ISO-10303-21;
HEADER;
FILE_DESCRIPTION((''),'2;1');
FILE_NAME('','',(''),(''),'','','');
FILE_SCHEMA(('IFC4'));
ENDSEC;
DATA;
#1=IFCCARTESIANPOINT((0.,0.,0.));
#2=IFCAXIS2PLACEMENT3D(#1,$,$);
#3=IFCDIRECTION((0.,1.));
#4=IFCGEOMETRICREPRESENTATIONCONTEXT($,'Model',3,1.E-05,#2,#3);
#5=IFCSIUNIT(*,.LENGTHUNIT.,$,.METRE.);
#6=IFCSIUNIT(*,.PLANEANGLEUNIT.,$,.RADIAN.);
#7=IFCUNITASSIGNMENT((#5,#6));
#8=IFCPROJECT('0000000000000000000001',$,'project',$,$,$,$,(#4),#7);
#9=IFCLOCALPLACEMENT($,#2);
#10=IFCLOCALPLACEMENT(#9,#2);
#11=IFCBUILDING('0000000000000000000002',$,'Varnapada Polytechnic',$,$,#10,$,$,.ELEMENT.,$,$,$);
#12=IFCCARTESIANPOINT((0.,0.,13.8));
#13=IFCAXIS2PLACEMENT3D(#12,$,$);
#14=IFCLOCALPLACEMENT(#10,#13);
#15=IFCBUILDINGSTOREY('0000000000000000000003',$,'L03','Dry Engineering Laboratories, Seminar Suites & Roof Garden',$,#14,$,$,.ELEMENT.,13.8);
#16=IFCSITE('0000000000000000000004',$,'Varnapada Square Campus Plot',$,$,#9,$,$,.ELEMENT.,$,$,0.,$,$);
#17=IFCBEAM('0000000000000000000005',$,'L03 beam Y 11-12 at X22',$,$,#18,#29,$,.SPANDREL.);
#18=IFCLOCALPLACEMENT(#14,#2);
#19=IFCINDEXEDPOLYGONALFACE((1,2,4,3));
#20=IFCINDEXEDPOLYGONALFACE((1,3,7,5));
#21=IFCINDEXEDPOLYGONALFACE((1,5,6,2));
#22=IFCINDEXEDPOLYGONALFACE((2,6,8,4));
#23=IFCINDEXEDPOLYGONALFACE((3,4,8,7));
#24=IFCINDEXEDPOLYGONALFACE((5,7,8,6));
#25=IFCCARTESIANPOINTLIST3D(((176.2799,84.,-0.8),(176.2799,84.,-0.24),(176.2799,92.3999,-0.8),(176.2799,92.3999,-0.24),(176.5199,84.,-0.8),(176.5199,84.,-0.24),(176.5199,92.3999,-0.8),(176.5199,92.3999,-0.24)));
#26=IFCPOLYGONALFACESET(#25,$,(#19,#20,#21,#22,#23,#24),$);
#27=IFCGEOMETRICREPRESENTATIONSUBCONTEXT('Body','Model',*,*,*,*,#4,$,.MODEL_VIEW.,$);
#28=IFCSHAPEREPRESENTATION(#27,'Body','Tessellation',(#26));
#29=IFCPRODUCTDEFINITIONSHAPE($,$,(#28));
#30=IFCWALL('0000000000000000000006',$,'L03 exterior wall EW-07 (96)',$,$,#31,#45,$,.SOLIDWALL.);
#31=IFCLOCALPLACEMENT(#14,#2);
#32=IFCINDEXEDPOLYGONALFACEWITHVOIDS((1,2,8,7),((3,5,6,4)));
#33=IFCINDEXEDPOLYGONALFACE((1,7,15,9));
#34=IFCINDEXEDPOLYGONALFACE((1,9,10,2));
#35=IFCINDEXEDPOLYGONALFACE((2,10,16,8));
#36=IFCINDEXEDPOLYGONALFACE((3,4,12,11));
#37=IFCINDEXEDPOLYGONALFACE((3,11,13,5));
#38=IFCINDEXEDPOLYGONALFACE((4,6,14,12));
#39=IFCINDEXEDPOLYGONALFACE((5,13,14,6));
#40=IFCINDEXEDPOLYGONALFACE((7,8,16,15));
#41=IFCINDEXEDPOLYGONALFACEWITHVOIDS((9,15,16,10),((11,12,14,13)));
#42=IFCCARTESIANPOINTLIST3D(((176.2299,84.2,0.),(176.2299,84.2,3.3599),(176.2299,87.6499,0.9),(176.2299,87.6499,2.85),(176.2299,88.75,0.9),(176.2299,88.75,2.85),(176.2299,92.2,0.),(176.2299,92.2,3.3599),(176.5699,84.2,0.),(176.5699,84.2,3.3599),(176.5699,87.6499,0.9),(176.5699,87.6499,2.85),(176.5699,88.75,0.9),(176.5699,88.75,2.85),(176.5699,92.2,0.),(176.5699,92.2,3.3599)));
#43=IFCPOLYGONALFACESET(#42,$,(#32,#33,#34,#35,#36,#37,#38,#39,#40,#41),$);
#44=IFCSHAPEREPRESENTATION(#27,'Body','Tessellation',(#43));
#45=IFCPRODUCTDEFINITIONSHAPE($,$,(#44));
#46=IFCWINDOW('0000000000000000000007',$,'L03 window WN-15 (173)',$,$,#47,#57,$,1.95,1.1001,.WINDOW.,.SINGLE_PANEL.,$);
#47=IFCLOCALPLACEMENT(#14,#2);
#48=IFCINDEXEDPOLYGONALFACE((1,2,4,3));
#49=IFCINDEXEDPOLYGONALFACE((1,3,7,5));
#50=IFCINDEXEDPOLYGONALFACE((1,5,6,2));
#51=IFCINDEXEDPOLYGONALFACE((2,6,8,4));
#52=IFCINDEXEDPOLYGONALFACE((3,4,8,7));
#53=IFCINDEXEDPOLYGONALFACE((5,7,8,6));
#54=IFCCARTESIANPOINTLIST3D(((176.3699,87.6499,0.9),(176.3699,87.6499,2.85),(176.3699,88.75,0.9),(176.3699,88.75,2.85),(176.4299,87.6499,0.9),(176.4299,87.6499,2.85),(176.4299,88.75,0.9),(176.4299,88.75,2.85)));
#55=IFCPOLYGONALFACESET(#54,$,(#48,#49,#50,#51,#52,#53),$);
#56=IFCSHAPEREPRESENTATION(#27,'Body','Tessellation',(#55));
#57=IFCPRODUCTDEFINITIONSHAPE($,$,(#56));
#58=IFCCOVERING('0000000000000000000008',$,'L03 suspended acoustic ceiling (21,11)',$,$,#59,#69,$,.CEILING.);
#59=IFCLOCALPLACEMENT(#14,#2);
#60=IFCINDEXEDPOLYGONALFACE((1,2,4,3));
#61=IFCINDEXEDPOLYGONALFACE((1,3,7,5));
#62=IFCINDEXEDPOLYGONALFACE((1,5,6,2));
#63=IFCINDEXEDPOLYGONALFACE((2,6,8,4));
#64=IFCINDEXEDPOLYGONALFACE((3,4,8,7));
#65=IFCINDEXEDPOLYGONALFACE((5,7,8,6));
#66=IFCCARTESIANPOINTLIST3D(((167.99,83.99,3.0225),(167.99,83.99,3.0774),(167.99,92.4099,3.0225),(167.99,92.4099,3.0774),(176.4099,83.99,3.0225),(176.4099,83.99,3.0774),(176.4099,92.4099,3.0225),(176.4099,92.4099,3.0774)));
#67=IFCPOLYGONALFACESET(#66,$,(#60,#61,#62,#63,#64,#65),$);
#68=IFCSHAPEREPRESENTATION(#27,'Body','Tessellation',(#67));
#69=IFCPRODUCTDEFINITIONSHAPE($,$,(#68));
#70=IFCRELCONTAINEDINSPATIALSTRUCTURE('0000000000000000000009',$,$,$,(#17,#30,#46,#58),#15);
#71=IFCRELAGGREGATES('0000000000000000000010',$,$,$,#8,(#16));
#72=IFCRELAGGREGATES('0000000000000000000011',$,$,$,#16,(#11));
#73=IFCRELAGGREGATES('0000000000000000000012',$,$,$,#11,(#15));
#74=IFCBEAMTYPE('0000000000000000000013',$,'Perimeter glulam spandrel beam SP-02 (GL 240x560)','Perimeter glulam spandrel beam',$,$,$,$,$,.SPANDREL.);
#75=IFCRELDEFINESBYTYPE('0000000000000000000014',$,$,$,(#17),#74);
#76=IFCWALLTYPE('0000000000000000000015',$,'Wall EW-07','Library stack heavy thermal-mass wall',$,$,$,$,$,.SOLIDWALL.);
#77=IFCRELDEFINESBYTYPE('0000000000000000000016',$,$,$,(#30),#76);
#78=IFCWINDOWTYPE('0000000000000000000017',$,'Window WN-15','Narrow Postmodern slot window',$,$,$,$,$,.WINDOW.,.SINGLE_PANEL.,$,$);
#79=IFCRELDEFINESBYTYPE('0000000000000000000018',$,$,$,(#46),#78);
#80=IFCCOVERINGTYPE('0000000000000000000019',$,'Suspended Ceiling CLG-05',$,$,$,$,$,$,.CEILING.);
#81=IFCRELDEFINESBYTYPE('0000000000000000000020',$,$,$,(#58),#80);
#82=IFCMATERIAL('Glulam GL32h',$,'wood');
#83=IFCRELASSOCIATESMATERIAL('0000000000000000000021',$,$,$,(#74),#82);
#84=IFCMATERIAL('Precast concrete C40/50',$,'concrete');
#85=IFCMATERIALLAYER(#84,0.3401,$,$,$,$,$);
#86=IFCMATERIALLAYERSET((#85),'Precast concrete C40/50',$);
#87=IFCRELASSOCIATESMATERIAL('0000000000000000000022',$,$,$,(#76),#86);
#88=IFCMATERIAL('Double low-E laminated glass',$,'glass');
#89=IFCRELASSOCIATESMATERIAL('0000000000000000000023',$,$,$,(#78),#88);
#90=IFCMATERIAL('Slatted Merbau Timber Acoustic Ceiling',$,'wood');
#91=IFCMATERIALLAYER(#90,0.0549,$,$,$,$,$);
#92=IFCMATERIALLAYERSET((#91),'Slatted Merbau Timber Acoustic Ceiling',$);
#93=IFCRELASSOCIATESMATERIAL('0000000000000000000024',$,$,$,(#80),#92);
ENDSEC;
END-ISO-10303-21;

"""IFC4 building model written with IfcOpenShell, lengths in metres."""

from ifc_helpers import new_model, si_unit, direction, frame, frame_2d, origin, origin_2d, place, context, subcontext, project, spatial, rectangle, extrude, material, layer, layer_set, material_profile, profile_set, type_object, element, fill, save


model = new_model("IFC4")

# Units and contexts
model_context = context("Model", 3, precision=1e-05, world=origin(), true_north=direction((0.0, 1.0)))
body_context = subcontext(model_context, "Body", "Model", "MODEL_VIEW")
ifc_project = project(units=[si_unit("LENGTHUNIT", "METRE"), si_unit("PLANEANGLEUNIT", "RADIAN")], contexts=[model_context])

# Site, building, storey
site_placement = place(None, origin())
site = spatial("IfcSite", under=ifc_project, at=site_placement, Name="Varnapada Square Campus Plot", CompositionType="ELEMENT", RefElevation=0.0)
building_placement = place(site_placement, origin())
building = spatial("IfcBuilding", under=site, at=building_placement, Name="Varnapada Polytechnic", CompositionType="ELEMENT")
storey_placement = place(building_placement, frame((0.0, 0.0, 13.8)))
storey = spatial("IfcBuildingStorey", under=building, at=storey_placement, Name="L03", Description="Dry Engineering Laboratories, Seminar Suites & Roof Garden", CompositionType="ELEMENT", Elevation=13.8)

# Beam
ifc_material_1 = material(Name="Glulam GL32h", Category="wood")
ifc_material_profile = material_profile(ifc_material_1, rectangle(XDim=0.24, YDim=0.5601, at=origin_2d()), Name="GL 240x560")
ifc_profile_set = profile_set([ifc_material_profile], Name="Glulam GL32h")
beam_type = type_object("IfcBeamType", Name="Perimeter glulam spandrel beam SP-02 (GL 240x560)", Description="Perimeter glulam spandrel beam", PredefinedType="SPANDREL", material=ifc_profile_set)
beam_placement = place(storey_placement, frame((176.3999, 84.0, -0.52), z_axis=(0.0, 1.0, 0.0), x_axis=(-1.0, 0.0, 0.0)))
element("IfcBeam", 1, at=beam_placement, inside=storey, type_object=beam_type, Name="L03 beam Y 11-12 at X22", PredefinedType="SPANDREL", context=body_context, shape_type="SweptSolid", body=[
    extrude(rectangle(XDim=0.24, YDim=0.5601, at=origin_2d()), origin(), (0.0, 0.0, 1.0), 8.3999),
])

# Wall, opening, window
ifc_material_2 = material(Name="Precast concrete C40/50", Category="concrete")
ifc_layer_1 = layer(ifc_material_2, 0.3401)
ifc_layer_set_1 = layer_set([ifc_layer_1], Name="Precast concrete C40/50")
wall_type = type_object("IfcWallType", Name="Wall EW-07", Description="Library stack heavy thermal-mass wall", PredefinedType="SOLIDWALL", material=ifc_layer_set_1)
wall_placement = place(storey_placement, frame((176.3999, 92.2, 0.0), z_axis=(0.0, 0.0, 1.0), x_axis=(0.0, -1.0, 0.0)))
wall = element("IfcWall", 2, at=wall_placement, inside=storey, type_object=wall_type, Name="L03 exterior wall EW-07 (96)", PredefinedType="SOLIDWALL", context=body_context, shape_type="SweptSolid", body=[
    extrude(rectangle(XDim=8.0, YDim=0.3401, at=frame_2d((4.0, 0.0))), origin(), (0.0, 0.0, 1.0), 3.3599),
])
opening_1_placement = place(wall_placement, frame((3.45, 0.0, 0.8999)))
opening_1 = element("IfcOpeningElement", 3, at=opening_1_placement, cuts=wall, PredefinedType="OPENING", context=body_context, shape_type="SweptSolid", body=[
    extrude(rectangle(XDim=1.1001, YDim=1.95, at=frame_2d((0.55, 0.9751))), frame((0.0, 0.1799, 0.0), z_axis=(0.0, -1.0, 0.0), x_axis=(1.0, 0.0, 0.0)), (0.0, 0.0, 1.0), 0.3601),
])
ifc_material_3 = material(Name="Double low-E laminated glass", Category="glass")
window_type = type_object("IfcWindowType", Name="Window WN-15", Description="Narrow Postmodern slot window", PartitioningType="SINGLE_PANEL", PredefinedType="WINDOW", material=ifc_material_3)
window_placement = place(opening_1_placement, origin())
window = element("IfcWindow", 4, at=window_placement, inside=storey, type_object=window_type, Name="L03 window WN-15 (173)", OverallHeight=1.95, OverallWidth=1.1001, PartitioningType="SINGLE_PANEL", PredefinedType="WINDOW", context=body_context, shape_type="SweptSolid", body=[
    extrude(rectangle(XDim=1.1001, YDim=1.95, at=frame_2d((0.55, 0.9751))), frame((0.0, 0.03, 0.0), z_axis=(0.0, -1.0, 0.0), x_axis=(1.0, 0.0, 0.0)), (0.0, 0.0, 1.0), 0.0601),
])
fill(opening_1, window)

# Covering
ifc_material_4 = material(Name="Slatted Merbau Timber Acoustic Ceiling", Category="wood")
ifc_layer_2 = layer(ifc_material_4, 0.0549)
ifc_layer_set_2 = layer_set([ifc_layer_2], Name="Slatted Merbau Timber Acoustic Ceiling")
covering_type_1 = type_object("IfcCoveringType", Name="Suspended Ceiling CLG-05", PredefinedType="CEILING", material=ifc_layer_set_2)
covering_1_placement = place(storey_placement, frame((172.2, 88.2, 3.0225), z_axis=(0.0, 0.0, 1.0), x_axis=(1.0, 0.0, 0.0)))
element("IfcCovering", 5, at=covering_1_placement, inside=storey, type_object=covering_type_1, Name="L03 suspended acoustic ceiling (21,11)", PredefinedType="CEILING", context=body_context, shape_type="SweptSolid", body=[
    extrude(rectangle(XDim=8.4199, YDim=8.4199, at=origin_2d()), origin(), (0.0, 0.0, 1.0), 0.0549),
])

save(model, "model.ifc")
